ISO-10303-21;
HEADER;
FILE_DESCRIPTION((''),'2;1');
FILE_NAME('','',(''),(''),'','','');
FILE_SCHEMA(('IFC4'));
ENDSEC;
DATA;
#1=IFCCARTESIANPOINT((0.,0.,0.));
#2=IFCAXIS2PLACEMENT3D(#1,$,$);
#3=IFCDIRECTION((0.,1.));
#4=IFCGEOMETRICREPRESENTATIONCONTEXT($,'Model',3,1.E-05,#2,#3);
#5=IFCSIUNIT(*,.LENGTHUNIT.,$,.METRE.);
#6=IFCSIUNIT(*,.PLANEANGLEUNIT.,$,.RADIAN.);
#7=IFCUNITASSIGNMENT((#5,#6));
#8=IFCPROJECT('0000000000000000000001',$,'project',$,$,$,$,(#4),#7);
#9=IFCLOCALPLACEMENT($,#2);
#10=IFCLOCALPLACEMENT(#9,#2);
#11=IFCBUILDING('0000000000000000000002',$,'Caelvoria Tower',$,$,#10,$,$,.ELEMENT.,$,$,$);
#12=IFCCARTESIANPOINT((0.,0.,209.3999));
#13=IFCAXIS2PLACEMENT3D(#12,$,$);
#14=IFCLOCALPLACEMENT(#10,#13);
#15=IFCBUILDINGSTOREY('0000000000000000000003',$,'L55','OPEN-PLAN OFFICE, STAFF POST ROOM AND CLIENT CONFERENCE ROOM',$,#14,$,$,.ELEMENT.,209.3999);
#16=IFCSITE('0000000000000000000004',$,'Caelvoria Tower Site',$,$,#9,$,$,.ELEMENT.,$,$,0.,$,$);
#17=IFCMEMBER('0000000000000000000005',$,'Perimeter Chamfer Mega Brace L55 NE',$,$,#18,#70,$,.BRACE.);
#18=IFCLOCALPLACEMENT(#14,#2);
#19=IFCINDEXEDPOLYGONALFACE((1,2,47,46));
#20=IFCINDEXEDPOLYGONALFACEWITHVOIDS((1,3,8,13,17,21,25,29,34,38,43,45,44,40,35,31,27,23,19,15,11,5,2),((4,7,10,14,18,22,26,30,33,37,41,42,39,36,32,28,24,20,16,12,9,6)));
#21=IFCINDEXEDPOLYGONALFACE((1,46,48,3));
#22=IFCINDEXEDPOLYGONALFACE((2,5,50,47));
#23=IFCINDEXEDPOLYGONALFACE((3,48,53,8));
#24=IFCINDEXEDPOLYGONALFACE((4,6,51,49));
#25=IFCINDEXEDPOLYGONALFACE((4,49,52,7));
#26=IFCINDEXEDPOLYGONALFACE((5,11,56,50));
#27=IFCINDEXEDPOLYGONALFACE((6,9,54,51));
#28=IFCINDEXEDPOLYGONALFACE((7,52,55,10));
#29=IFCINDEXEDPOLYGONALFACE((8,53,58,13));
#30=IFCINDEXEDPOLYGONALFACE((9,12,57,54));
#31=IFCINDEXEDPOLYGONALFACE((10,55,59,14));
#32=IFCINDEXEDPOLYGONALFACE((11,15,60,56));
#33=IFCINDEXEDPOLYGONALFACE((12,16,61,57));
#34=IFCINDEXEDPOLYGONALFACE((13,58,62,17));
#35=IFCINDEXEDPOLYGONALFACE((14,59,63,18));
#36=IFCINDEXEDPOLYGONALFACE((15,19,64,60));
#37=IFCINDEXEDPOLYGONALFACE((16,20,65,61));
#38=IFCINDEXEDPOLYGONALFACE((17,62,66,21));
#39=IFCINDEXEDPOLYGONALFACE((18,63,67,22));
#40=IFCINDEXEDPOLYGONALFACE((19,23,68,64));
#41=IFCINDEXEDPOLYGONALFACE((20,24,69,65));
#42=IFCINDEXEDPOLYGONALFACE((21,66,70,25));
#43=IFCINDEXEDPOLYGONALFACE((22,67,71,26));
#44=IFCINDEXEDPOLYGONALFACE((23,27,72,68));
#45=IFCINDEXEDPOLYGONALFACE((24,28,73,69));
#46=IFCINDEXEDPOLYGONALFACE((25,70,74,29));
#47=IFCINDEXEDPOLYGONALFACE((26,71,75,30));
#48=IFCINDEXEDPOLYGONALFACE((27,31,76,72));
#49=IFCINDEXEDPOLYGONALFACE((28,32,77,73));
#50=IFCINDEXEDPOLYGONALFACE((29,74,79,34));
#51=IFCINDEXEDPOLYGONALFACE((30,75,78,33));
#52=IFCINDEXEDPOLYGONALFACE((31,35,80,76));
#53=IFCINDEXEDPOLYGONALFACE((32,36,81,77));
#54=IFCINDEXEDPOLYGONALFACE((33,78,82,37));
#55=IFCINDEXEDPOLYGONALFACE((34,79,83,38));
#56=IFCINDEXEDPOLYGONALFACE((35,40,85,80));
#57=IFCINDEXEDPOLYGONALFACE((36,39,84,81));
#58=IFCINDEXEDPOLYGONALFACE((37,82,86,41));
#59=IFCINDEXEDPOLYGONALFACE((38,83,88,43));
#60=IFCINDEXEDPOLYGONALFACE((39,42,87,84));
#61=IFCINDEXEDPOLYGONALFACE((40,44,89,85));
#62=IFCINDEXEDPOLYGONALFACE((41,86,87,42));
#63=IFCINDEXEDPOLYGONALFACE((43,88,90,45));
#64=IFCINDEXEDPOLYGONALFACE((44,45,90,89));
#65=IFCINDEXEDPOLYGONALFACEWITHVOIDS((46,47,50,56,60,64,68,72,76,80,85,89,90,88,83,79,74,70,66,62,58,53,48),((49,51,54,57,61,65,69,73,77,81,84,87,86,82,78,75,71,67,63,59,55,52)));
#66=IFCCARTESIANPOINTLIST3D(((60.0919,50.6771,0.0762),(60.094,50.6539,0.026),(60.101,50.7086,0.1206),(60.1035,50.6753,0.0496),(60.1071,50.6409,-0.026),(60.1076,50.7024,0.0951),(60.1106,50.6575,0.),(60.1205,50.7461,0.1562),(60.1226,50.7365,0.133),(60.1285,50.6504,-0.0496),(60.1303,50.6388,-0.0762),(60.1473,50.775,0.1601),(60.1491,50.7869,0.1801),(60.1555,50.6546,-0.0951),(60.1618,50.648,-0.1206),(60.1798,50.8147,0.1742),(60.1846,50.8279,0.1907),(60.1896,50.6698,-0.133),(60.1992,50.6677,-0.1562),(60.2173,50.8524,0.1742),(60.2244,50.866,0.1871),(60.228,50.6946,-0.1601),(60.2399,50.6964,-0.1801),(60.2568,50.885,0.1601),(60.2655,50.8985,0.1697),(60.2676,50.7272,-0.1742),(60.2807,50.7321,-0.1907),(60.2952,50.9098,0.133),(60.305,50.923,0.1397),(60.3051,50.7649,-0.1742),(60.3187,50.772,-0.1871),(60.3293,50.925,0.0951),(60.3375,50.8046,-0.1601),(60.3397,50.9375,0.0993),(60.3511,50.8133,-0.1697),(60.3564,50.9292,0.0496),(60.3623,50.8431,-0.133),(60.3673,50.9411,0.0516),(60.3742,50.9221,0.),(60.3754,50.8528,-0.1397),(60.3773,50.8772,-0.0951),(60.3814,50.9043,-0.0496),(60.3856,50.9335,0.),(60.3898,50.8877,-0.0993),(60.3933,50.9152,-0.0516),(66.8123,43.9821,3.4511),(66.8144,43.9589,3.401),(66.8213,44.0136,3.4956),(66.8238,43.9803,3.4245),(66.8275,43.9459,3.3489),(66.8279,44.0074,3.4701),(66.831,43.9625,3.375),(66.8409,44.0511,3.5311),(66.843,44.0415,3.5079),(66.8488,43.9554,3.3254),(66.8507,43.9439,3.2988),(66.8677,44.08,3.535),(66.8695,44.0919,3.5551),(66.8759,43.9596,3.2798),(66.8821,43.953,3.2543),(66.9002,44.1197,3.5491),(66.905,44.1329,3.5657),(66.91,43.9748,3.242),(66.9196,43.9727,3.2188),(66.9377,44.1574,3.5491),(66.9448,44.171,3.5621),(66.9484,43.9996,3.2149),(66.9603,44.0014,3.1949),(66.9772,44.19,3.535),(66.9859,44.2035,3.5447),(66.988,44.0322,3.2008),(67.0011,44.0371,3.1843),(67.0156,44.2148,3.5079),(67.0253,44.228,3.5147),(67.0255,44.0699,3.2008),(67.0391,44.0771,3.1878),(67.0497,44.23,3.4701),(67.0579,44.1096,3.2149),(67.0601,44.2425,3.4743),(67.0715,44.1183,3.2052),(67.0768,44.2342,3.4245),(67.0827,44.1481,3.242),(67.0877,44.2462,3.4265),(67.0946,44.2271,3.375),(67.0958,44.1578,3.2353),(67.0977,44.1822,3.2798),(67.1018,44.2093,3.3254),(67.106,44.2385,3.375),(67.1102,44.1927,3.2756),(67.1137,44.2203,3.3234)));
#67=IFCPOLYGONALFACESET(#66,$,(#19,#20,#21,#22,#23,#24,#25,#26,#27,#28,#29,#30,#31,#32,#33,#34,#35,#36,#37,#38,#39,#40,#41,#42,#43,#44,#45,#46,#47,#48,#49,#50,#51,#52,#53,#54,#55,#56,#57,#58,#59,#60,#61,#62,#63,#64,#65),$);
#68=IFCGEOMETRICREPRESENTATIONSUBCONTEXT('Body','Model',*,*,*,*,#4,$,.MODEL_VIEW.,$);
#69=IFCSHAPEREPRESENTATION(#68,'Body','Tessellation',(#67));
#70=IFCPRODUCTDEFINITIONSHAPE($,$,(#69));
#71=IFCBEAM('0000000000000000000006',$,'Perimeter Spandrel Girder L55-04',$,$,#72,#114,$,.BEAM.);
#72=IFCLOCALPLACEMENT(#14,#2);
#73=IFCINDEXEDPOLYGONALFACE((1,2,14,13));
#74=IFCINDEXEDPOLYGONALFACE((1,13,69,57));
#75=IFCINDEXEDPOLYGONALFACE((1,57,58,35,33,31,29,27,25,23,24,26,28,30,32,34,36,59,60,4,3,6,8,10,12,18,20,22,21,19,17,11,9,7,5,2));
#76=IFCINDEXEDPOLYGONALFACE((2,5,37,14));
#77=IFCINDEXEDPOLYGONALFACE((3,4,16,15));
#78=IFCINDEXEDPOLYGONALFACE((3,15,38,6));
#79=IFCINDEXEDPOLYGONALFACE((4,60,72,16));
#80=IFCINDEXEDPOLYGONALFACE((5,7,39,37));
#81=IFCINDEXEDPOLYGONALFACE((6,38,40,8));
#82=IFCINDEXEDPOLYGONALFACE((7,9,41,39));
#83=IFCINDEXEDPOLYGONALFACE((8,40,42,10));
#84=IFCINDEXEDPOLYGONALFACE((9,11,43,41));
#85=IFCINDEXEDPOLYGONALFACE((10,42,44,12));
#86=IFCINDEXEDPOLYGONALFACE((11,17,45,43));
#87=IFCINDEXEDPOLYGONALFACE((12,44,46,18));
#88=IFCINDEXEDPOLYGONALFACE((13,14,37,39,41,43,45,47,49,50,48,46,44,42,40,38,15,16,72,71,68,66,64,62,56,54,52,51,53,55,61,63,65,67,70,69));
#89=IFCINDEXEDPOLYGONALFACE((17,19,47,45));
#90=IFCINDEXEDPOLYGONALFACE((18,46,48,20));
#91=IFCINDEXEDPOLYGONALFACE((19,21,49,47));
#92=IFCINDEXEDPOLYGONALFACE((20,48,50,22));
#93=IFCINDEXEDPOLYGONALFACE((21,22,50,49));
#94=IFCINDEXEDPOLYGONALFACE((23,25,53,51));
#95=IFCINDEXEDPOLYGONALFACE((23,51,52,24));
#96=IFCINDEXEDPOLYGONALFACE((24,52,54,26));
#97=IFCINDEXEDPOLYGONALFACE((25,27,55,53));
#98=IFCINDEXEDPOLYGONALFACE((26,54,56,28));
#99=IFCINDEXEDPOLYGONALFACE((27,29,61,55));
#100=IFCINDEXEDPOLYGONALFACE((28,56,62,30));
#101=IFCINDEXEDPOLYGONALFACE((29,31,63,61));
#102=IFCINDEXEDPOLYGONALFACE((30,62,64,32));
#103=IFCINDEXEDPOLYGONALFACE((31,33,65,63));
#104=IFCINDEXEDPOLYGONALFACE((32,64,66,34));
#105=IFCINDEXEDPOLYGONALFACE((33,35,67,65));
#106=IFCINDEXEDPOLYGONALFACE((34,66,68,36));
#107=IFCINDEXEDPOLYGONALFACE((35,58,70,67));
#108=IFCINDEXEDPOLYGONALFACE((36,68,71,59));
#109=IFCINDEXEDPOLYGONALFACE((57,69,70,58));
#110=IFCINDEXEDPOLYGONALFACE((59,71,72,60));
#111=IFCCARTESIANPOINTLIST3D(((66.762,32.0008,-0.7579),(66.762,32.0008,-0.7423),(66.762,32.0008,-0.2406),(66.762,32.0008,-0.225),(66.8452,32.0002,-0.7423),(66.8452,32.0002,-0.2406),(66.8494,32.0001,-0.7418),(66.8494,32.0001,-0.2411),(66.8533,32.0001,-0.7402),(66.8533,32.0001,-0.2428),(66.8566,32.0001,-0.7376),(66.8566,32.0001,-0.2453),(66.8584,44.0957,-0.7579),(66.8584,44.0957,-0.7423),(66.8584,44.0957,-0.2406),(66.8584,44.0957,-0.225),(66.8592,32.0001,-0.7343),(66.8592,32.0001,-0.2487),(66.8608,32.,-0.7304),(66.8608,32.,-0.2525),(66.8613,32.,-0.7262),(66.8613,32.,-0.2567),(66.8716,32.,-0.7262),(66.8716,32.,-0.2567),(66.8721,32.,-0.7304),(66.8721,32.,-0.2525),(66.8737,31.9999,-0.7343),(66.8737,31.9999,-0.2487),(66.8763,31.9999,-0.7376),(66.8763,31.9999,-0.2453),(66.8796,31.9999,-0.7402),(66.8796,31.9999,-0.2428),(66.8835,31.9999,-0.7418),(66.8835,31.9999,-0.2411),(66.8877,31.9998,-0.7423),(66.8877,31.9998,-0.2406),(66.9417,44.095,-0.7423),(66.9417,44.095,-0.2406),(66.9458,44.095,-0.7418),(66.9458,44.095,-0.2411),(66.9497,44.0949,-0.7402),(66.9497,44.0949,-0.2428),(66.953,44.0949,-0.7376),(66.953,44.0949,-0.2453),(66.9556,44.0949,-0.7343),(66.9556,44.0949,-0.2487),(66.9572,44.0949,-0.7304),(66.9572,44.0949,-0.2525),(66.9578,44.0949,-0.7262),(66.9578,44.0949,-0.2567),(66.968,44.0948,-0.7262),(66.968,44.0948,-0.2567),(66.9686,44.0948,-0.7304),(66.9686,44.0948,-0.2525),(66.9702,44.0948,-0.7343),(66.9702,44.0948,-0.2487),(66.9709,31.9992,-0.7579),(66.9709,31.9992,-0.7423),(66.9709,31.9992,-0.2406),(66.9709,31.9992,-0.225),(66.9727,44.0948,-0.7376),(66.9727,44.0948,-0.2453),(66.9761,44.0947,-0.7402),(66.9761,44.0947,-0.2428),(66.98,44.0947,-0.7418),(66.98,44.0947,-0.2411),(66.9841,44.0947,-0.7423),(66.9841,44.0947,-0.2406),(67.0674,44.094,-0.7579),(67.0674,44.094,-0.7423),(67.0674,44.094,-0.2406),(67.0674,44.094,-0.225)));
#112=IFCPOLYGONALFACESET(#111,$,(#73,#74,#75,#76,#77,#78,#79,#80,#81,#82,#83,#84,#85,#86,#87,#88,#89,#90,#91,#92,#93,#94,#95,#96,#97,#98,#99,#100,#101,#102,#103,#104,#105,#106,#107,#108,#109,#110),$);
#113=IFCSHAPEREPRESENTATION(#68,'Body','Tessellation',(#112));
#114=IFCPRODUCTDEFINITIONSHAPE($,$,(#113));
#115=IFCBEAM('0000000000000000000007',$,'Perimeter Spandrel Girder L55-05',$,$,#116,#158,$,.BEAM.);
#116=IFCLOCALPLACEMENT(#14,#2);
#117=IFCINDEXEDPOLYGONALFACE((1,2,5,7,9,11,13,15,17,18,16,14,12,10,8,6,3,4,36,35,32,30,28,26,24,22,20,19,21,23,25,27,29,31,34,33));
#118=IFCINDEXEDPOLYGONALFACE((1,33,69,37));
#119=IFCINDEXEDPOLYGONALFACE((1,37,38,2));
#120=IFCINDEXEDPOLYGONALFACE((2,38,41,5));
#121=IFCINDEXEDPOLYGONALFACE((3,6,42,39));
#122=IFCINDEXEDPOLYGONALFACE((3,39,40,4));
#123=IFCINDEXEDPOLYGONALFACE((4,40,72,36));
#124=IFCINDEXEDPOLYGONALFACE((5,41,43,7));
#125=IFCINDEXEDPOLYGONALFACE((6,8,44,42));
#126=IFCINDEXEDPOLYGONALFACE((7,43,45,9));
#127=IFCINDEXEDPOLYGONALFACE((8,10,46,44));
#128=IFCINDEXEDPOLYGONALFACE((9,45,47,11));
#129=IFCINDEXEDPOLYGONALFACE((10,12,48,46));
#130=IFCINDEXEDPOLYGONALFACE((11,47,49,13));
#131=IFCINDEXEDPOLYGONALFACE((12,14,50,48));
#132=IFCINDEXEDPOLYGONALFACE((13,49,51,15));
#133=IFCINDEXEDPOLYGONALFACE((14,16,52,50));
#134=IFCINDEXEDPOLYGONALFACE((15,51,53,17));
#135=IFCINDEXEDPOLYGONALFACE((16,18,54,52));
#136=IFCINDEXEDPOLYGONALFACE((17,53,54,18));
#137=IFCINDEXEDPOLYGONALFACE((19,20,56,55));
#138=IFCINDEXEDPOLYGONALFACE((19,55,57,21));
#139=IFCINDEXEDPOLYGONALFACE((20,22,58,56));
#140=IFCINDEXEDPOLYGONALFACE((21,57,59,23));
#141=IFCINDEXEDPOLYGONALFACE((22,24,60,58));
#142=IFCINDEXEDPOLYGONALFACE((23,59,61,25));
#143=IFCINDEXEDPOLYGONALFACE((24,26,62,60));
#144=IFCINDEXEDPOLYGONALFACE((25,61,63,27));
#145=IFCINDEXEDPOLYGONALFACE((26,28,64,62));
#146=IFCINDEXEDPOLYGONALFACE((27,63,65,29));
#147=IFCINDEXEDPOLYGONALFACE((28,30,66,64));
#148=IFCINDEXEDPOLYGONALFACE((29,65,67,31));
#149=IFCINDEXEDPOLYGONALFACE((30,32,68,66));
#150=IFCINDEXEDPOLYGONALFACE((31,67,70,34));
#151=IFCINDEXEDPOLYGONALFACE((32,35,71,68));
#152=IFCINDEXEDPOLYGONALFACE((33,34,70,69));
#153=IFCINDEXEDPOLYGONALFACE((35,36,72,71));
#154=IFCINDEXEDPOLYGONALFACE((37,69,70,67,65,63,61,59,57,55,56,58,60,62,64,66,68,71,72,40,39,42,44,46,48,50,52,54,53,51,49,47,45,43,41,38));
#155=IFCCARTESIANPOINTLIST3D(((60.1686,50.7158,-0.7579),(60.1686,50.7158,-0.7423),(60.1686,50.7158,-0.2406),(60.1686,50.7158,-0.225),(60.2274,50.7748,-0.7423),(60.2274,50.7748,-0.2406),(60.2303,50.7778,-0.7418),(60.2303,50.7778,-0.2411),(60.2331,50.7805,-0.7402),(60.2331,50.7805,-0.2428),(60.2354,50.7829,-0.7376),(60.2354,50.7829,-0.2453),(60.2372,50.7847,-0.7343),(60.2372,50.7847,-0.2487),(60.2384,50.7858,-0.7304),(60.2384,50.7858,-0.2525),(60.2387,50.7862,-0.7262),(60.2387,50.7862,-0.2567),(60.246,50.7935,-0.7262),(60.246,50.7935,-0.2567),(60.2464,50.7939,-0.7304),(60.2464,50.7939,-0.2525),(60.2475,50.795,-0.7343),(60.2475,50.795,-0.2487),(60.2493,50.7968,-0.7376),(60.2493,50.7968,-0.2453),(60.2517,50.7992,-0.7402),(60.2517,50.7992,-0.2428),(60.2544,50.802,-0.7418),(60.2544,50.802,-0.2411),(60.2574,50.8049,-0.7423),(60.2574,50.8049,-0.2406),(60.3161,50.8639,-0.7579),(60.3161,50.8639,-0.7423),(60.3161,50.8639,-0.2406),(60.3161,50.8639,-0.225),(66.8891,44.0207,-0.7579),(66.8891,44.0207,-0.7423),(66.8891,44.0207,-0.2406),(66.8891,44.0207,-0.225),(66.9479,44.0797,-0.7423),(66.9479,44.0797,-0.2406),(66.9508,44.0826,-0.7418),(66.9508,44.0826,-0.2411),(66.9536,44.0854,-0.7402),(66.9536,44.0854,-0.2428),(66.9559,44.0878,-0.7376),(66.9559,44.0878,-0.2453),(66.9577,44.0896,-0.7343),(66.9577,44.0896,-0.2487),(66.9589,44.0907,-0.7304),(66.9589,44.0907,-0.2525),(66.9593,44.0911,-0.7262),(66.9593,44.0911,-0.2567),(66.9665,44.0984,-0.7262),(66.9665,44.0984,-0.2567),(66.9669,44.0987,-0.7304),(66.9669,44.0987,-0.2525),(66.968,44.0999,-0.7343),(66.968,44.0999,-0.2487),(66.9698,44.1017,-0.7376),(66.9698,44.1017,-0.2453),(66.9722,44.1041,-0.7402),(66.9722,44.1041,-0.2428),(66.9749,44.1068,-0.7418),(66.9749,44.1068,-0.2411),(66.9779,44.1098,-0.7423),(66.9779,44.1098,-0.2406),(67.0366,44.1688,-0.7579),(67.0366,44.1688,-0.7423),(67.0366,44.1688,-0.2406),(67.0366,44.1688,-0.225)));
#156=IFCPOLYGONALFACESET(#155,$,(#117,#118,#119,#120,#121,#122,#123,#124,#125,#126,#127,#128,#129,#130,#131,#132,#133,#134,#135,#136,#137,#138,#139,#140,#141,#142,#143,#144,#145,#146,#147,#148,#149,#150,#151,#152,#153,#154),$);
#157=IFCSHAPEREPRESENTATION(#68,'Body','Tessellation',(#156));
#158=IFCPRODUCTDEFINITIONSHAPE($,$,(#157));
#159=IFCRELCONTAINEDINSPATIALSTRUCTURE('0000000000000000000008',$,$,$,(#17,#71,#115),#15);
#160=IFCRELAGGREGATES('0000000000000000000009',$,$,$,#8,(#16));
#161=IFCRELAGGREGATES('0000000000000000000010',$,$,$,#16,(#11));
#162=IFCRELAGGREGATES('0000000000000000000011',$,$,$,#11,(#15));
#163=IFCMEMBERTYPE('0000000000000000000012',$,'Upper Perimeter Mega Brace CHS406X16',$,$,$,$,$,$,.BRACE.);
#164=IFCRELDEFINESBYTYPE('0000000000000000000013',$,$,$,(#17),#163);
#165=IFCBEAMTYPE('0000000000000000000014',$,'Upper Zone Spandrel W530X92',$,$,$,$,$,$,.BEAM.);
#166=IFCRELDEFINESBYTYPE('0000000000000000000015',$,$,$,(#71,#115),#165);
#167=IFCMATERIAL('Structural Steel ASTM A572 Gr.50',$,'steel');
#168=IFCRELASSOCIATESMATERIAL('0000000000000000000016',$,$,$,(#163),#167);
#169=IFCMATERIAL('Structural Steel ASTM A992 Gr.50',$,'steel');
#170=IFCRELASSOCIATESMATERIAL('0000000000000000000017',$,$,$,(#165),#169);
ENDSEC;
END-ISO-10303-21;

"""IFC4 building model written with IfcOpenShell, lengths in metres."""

from ifc_helpers import new_model, si_unit, direction, frame, origin, origin_2d, place, context, subcontext, project, spatial, hollow_circle, i_section, extrude, material, material_profile, profile_set, type_object, element, save


model = new_model("IFC4")

# Units and contexts
model_context = context("Model", 3, precision=1e-05, world=origin(), true_north=direction((0.0, 1.0)))
body_context = subcontext(model_context, "Body", "Model", "MODEL_VIEW")
ifc_project = project(units=[si_unit("LENGTHUNIT", "METRE"), si_unit("PLANEANGLEUNIT", "RADIAN")], contexts=[model_context])

# Site, building, storey
site_placement = place(None, origin())
site = spatial("IfcSite", under=ifc_project, at=site_placement, Name="Caelvoria Tower Site", CompositionType="ELEMENT", RefElevation=0.0)
building_placement = place(site_placement, origin())
building = spatial("IfcBuilding", under=site, at=building_placement, Name="Caelvoria Tower", CompositionType="ELEMENT")
storey_placement = place(building_placement, frame((0.0, 0.0, 209.3999)))
storey = spatial("IfcBuildingStorey", under=building, at=storey_placement, Name="L55", Description="OPEN-PLAN OFFICE, STAFF POST ROOM AND CLIENT CONFERENCE ROOM", CompositionType="ELEMENT", Elevation=209.3999)

# Shared definitions
ifc_material_1 = material(Name="Structural Steel ASTM A572 Gr.50", Category="steel")

# Shared definitions
ifc_material_2 = material(Name="Structural Steel ASTM A992 Gr.50", Category="steel")

# Member
ifc_material_profile_1 = material_profile(ifc_material_1, hollow_circle(Radius=0.2029, WallThickness=0.0161, at=origin_2d()), Name="Structural Steel ASTM A572 Gr.50")
ifc_profile_set_1 = profile_set([ifc_material_profile_1], Name="CHS406X16 - Structural Steel ASTM A572 Gr.50")
member_type = type_object("IfcMemberType", Name="Upper Perimeter Mega Brace CHS406X16", PredefinedType="BRACE", material=ifc_profile_set_1)
member_placement = place(storey_placement, frame((60.2424, 50.7898, 0.0), z_axis=(0.667459, -0.664937, 0.335197), x_axis=(0.705767, 0.708444, 0.0)))
element("IfcMember", 1, at=member_placement, inside=storey, type_object=member_type, Name="Perimeter Chamfer Mega Brace L55 NE", PredefinedType="BRACE", context=body_context, shape_type="SweptSolid", body=[
    extrude(hollow_circle(Radius=0.2029, WallThickness=0.0161, at=origin_2d()), origin(), (0.0, 0.0, 1.0), 10.0686),
])

# Beams
ifc_material_profile_2 = material_profile(ifc_material_2, i_section(OverallWidth=0.209, OverallDepth=0.533, WebThickness=0.0103, FlangeThickness=0.0156, FilletRadius=0.0161, at=origin_2d()), Name="Structural Steel ASTM A992 Gr.50")
ifc_profile_set_2 = profile_set([ifc_material_profile_2], Name="W530X92 - Structural Steel ASTM A992 Gr.50")
beam_type_1 = type_object("IfcBeamType", Name="Upper Zone Spandrel W530X92", PredefinedType="BEAM", material=ifc_profile_set_2)
beam_1_placement = place(storey_placement, frame((66.8665, 32.0, -0.4915), z_axis=(0.007973, 0.999968, 0.0), x_axis=(-0.999968, 0.007973, 0.0)))
element("IfcBeam", 2, at=beam_1_placement, inside=storey, type_object=beam_type_1, Name="Perimeter Spandrel Girder L55-04", PredefinedType="BEAM", context=body_context, shape_type="SweptSolid", body=[
    extrude(i_section(OverallWidth=0.209, OverallDepth=0.533, WebThickness=0.0103, FlangeThickness=0.0156, FilletRadius=0.0161, at=origin_2d()), origin(), (0.0, 0.0, 1.0), 12.0952),
])
beam_2_placement = place(storey_placement, frame((66.9629, 44.0947, -0.4915), z_axis=(-0.708444, 0.705767, 0.0), x_axis=(-0.705767, -0.708444, 0.0)))
element("IfcBeam", 3, at=beam_2_placement, inside=storey, type_object=beam_type_1, Name="Perimeter Spandrel Girder L55-05", PredefinedType="BEAM", context=body_context, shape_type="SweptSolid", body=[
    extrude(i_section(OverallWidth=0.209, OverallDepth=0.533, WebThickness=0.0103, FlangeThickness=0.0156, FilletRadius=0.0161, at=origin_2d()), origin(), (0.0, 0.0, 1.0), 9.4863),
])

save(model, "model.ifc")
